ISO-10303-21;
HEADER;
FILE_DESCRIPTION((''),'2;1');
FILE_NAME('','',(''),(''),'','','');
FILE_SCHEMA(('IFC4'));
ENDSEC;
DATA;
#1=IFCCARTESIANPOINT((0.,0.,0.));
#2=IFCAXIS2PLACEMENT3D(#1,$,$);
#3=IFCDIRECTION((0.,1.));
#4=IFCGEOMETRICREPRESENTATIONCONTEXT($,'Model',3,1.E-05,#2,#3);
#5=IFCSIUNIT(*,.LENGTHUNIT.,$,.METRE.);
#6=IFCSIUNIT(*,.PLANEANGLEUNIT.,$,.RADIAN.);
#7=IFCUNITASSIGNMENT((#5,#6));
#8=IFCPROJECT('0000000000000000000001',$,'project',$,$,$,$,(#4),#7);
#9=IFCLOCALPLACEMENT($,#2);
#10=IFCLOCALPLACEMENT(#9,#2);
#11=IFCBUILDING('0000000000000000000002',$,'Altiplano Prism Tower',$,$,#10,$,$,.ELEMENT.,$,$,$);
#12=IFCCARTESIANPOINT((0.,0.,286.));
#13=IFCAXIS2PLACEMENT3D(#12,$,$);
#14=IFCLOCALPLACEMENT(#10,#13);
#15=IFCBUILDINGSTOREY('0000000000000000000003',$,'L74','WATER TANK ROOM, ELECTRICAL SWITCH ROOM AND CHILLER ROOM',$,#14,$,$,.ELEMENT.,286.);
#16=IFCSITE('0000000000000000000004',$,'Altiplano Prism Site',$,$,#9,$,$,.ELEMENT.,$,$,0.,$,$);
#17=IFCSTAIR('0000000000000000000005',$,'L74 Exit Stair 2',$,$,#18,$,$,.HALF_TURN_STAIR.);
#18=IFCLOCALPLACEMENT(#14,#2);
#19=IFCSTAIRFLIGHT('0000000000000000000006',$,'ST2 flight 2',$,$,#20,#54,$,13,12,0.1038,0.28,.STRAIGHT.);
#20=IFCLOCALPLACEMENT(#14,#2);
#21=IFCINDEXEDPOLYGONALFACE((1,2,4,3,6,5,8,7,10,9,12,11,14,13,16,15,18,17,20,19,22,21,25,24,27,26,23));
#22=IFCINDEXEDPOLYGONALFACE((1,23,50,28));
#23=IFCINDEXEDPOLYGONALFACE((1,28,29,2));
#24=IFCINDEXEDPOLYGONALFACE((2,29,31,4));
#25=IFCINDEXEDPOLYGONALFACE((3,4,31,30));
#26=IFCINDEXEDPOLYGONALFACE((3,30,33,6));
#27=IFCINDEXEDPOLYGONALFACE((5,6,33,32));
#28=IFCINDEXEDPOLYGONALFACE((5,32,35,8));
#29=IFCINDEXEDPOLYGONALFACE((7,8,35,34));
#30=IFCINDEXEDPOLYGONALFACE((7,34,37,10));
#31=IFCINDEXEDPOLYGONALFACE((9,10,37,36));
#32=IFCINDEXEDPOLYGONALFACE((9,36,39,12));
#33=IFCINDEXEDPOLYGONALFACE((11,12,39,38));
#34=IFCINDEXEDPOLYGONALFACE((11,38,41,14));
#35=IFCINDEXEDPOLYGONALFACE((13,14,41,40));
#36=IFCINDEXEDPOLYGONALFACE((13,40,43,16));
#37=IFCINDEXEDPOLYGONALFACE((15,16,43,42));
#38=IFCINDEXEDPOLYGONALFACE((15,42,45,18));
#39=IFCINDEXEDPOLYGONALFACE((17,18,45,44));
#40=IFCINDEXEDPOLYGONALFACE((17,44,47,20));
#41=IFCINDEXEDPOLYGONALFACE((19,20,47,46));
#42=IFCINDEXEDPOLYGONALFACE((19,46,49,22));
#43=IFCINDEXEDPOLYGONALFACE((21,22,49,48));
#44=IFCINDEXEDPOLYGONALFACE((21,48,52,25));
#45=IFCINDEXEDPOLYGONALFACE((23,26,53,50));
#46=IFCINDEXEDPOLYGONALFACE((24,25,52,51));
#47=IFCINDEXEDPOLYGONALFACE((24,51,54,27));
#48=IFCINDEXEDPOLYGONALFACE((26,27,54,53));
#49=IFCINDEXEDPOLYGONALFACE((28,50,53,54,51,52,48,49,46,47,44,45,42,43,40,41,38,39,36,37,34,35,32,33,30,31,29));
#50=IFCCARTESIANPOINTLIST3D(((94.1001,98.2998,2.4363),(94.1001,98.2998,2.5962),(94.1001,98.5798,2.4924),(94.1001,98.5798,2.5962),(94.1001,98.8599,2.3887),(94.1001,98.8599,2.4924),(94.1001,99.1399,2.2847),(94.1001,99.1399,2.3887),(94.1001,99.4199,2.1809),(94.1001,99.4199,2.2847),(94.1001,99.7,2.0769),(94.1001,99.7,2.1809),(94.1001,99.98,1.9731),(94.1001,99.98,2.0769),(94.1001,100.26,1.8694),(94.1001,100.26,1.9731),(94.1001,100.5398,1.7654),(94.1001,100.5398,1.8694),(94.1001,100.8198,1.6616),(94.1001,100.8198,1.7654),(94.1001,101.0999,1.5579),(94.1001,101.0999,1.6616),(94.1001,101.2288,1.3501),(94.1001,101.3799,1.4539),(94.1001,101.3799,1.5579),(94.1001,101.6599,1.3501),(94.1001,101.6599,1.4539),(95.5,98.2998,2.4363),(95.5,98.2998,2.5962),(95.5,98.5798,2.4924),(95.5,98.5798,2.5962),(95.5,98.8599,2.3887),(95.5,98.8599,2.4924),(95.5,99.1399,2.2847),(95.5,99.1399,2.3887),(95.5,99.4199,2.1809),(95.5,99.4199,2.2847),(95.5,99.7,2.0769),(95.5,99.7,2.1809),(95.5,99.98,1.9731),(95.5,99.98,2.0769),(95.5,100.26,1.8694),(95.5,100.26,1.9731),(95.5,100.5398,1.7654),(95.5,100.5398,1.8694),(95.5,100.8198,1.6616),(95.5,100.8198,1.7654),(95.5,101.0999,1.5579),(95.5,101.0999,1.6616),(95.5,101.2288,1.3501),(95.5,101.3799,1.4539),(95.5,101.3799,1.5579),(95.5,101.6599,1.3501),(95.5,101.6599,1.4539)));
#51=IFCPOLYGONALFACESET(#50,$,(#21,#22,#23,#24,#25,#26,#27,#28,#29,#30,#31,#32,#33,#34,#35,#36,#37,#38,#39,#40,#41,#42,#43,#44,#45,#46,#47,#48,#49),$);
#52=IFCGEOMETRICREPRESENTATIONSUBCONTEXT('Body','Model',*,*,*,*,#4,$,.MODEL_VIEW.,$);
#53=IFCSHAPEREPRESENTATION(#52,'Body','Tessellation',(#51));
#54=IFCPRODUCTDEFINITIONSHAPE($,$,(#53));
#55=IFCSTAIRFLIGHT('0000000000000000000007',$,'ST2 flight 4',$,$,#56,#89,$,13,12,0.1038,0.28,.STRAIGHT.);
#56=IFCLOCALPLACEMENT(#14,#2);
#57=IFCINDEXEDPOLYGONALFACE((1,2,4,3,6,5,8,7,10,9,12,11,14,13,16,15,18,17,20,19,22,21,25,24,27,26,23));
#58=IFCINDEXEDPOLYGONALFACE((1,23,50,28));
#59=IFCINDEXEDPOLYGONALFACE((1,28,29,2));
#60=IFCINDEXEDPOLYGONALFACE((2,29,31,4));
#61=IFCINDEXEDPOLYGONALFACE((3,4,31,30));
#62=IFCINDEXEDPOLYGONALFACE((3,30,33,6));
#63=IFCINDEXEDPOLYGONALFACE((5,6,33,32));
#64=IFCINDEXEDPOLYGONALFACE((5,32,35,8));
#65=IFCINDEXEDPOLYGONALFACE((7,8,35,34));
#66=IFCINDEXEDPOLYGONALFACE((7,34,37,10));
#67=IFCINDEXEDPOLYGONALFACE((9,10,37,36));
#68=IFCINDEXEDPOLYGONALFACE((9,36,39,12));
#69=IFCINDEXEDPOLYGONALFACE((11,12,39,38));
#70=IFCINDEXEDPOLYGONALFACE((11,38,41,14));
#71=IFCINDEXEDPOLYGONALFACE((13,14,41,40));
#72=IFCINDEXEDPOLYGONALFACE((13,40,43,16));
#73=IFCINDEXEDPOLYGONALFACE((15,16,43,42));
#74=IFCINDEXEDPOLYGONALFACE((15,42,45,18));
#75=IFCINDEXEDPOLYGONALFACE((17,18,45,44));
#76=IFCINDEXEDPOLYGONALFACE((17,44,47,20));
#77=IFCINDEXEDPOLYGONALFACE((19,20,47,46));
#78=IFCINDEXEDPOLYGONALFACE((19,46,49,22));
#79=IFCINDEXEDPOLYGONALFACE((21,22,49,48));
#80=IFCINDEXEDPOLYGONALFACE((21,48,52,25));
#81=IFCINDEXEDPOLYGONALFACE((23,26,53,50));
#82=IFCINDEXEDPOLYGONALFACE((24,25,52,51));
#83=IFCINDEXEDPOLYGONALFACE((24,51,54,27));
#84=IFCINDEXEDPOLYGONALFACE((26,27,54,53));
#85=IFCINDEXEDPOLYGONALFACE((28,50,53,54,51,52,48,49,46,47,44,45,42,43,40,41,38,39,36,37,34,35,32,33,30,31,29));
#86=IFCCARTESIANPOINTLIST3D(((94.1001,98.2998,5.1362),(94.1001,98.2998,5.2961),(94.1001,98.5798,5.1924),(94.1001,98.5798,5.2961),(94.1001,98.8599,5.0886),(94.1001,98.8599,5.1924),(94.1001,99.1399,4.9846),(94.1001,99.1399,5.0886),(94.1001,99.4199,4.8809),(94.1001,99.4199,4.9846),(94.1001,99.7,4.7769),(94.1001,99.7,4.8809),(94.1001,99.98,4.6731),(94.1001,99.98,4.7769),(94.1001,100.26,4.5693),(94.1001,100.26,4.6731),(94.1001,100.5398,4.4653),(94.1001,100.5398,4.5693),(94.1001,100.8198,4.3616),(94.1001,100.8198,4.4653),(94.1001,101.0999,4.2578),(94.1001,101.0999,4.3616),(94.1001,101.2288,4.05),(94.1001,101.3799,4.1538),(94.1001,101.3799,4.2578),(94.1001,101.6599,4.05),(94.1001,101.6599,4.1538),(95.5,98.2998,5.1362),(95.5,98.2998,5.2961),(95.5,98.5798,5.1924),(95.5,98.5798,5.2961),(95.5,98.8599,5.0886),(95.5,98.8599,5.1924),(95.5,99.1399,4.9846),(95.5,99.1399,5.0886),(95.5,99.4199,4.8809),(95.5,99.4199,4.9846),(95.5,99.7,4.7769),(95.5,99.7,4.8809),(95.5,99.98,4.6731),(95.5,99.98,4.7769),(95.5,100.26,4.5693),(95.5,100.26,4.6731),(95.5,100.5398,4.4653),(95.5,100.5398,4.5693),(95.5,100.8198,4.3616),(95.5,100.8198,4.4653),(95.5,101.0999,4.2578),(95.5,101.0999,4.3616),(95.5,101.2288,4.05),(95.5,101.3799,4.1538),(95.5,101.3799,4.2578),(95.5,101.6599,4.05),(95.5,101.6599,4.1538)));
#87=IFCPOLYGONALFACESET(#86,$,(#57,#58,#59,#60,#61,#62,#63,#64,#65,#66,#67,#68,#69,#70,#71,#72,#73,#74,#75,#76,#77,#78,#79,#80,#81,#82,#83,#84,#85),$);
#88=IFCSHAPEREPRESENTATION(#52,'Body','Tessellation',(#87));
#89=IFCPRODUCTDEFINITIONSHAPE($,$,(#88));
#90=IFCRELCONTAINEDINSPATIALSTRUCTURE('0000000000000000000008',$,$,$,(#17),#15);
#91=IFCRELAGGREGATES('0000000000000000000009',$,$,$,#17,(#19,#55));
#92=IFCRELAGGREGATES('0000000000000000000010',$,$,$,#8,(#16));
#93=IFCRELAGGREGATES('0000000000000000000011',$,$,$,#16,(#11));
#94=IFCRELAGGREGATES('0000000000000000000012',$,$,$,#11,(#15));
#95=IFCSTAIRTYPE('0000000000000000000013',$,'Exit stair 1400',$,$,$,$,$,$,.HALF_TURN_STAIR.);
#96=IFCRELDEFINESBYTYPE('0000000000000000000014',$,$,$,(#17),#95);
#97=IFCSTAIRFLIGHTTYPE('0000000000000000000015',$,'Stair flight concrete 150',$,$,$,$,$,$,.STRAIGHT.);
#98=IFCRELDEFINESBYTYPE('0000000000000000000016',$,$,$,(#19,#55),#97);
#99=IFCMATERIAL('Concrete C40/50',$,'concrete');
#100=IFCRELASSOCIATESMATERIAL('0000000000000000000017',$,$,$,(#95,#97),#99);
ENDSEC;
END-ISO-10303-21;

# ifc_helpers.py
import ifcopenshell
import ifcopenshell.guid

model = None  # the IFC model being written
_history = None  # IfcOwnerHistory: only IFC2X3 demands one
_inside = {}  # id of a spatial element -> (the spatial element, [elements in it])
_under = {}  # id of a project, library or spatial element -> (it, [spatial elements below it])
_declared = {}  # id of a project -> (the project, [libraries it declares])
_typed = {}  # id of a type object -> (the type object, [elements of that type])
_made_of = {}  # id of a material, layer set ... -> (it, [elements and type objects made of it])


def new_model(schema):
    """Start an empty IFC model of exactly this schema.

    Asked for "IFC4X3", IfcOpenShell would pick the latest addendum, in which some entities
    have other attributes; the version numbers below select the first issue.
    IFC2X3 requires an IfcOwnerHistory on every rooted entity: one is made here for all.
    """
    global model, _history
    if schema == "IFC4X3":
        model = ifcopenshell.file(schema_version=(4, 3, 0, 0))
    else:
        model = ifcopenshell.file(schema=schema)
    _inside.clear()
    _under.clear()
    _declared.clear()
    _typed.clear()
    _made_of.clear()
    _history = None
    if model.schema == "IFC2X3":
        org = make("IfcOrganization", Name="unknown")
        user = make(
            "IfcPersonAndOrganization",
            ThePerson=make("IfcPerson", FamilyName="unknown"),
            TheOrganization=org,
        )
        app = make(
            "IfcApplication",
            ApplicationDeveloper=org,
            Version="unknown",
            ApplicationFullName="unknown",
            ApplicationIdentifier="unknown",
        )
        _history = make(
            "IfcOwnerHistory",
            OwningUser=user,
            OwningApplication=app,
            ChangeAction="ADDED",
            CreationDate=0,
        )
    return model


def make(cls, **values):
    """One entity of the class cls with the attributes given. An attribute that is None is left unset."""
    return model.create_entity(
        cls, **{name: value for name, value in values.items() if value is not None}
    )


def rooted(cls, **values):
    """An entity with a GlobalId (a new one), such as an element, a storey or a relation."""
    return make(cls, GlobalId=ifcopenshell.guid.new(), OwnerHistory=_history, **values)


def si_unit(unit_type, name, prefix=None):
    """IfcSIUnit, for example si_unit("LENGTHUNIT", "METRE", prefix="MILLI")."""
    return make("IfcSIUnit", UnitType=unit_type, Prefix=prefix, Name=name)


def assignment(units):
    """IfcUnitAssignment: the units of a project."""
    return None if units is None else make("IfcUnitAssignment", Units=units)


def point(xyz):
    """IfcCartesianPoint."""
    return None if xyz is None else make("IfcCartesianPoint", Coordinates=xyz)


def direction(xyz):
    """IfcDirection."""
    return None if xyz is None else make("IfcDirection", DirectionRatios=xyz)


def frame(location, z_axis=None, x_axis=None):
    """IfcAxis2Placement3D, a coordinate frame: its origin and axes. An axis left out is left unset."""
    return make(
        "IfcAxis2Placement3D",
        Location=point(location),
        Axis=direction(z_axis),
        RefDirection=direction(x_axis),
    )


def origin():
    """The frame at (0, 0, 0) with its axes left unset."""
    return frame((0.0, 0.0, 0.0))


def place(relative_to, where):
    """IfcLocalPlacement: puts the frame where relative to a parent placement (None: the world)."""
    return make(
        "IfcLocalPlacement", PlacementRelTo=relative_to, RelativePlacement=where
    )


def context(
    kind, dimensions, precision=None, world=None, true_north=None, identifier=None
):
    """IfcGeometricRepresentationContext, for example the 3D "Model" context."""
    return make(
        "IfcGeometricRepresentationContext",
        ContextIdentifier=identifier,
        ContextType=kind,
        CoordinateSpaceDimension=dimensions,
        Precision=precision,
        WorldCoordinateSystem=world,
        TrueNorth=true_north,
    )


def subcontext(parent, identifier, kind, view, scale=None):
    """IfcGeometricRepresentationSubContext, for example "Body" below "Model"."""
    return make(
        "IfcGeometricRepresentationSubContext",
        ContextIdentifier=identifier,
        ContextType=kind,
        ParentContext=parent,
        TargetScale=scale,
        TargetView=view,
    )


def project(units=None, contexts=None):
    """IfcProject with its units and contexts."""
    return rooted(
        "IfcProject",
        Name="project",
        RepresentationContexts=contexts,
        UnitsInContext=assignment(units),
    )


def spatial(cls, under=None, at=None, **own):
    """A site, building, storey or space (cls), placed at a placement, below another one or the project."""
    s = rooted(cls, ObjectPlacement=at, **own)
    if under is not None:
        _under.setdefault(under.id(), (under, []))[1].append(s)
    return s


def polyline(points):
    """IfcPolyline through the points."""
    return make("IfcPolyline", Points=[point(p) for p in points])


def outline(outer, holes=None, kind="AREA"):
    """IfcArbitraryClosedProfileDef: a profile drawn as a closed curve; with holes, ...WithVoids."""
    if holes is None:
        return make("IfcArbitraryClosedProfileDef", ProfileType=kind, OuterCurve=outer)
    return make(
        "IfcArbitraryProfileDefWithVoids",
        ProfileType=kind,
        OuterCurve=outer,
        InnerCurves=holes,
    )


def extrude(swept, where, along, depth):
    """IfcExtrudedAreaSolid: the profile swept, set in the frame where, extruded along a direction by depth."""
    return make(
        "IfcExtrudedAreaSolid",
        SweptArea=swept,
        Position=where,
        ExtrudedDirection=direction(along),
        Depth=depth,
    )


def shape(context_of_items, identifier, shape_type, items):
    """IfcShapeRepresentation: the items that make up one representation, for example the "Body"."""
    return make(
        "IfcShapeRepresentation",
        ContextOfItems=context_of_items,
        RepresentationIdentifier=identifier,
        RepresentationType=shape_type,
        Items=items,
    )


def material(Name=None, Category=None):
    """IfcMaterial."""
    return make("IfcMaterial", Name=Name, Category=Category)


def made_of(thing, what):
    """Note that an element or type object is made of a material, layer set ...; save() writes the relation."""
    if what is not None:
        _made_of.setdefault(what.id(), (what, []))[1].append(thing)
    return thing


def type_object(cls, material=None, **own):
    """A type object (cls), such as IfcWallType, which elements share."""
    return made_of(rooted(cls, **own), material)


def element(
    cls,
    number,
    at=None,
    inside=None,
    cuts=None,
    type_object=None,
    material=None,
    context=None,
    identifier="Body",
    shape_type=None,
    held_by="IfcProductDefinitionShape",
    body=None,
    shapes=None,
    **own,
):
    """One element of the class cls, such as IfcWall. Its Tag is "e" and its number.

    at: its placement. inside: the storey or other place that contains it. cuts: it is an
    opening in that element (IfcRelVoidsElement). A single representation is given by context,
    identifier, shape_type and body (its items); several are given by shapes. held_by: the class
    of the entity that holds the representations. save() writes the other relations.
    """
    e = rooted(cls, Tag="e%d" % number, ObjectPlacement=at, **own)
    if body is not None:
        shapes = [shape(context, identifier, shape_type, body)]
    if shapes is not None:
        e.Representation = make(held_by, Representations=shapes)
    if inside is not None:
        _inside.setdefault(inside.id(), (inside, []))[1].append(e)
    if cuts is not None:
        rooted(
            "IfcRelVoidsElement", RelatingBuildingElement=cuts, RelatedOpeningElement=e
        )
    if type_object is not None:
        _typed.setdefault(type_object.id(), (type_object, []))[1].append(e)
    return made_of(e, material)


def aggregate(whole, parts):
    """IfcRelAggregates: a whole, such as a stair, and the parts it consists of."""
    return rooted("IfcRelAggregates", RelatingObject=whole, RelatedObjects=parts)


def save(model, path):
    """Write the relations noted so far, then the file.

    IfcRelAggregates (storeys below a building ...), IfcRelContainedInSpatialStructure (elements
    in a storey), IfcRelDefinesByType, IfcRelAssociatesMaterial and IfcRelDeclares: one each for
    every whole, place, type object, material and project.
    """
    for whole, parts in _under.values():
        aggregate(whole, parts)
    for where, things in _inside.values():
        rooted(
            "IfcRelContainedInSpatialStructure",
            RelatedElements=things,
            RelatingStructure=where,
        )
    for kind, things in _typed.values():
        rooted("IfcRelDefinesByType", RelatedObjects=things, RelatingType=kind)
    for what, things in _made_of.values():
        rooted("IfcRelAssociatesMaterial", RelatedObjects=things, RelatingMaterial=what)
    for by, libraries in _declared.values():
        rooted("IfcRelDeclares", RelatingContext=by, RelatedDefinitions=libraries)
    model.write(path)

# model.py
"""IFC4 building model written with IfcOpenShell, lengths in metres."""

from ifc_helpers import new_model, si_unit, direction, frame, origin, place, context, subcontext, project, spatial, polyline, outline, extrude, material, type_object, element, aggregate, save


model = new_model("IFC4")

# Units and contexts
model_context = context("Model", 3, precision=1e-05, world=origin(), true_north=direction((0.0, 1.0)))
body_context = subcontext(model_context, "Body", "Model", "MODEL_VIEW")
ifc_project = project(units=[si_unit("LENGTHUNIT", "METRE"), si_unit("PLANEANGLEUNIT", "RADIAN")], contexts=[model_context])

# Site, building, storey
site_placement = place(None, origin())
site = spatial("IfcSite", under=ifc_project, at=site_placement, Name="Altiplano Prism Site", CompositionType="ELEMENT", RefElevation=0.0)
building_placement = place(site_placement, origin())
building = spatial("IfcBuilding", under=site, at=building_placement, Name="Altiplano Prism Tower", CompositionType="ELEMENT")
storey_placement = place(building_placement, frame((0.0, 0.0, 286.0)))
storey = spatial("IfcBuildingStorey", under=building, at=storey_placement, Name="L74", Description="WATER TANK ROOM, ELECTRICAL SWITCH ROOM AND CHILLER ROOM", CompositionType="ELEMENT", Elevation=286.0)

# Stair, stair flights
ifc_material_1 = material(Name="Concrete C40/50", Category="concrete")
stair_type = type_object("IfcStairType", Name="Exit stair 1400", PredefinedType="HALF_TURN_STAIR", material=ifc_material_1)
stair_placement = place(storey_placement, origin())
stair = element("IfcStair", 1, at=stair_placement, inside=storey, type_object=stair_type, Name="L74 Exit Stair 2", PredefinedType="HALF_TURN_STAIR")
stair_flight_type = type_object("IfcStairFlightType", Name="Stair flight concrete 150", PredefinedType="STRAIGHT", material=ifc_material_1)
stair_flight_1_placement = place(storey_placement, frame((94.8, 101.6599, 1.3501), z_axis=(0.0, 0.0, 1.0), x_axis=(0.0, -1.0, 0.0)))
stair_flight_1 = element("IfcStairFlight", 2, at=stair_flight_1_placement, type_object=stair_flight_type, Name="ST2 flight 2", NumberOfRisers=13, NumberOfTreads=12, PredefinedType="STRAIGHT", RiserHeight=0.1038, TreadLength=0.28, context=body_context, shape_type="SweptSolid", body=[
    extrude(outline(polyline([(0.0, 0.0), (0.0, 0.1038), (0.28, 0.1038), (0.28, 0.2078), (0.5601, 0.2078), (0.5601, 0.3115), (0.8401, 0.3115), (0.8401, 0.4153), (1.1201, 0.4153), (1.1201, 0.5193), (1.3999, 0.5193), (1.3999, 0.623), (1.6799, 0.623), (1.6799, 0.7268), (1.96, 0.7268), (1.96, 0.8308), (2.24, 0.8308), (2.24, 0.9346), (2.52, 0.9346), (2.52, 1.0386), (2.8, 1.0386), (2.8, 1.1423), (3.0801, 1.1423), (3.0801, 1.2461), (3.3601, 1.2461), (3.3601, 1.3501), (3.3601, 1.0862), (0.4312, 0.0), (0.0, 0.0)])), frame((0.0, 0.7, 0.0), z_axis=(0.0, -1.0, 0.0), x_axis=(1.0, 0.0, 0.0)), (0.0, 0.0, 1.0), 1.3999),
])
stair_flight_2_placement = place(storey_placement, frame((94.8, 101.6599, 4.05), z_axis=(0.0, 0.0, 1.0), x_axis=(0.0, -1.0, 0.0)))
stair_flight_2 = element("IfcStairFlight", 3, at=stair_flight_2_placement, type_object=stair_flight_type, Name="ST2 flight 4", NumberOfRisers=13, NumberOfTreads=12, PredefinedType="STRAIGHT", RiserHeight=0.1038, TreadLength=0.28, context=body_context, shape_type="SweptSolid", body=[
    extrude(outline(polyline([(0.0, 0.0), (0.0, 0.1038), (0.28, 0.1038), (0.28, 0.2078), (0.5601, 0.2078), (0.5601, 0.3115), (0.8401, 0.3115), (0.8401, 0.4153), (1.1201, 0.4153), (1.1201, 0.5193), (1.3999, 0.5193), (1.3999, 0.623), (1.6799, 0.623), (1.6799, 0.7268), (1.96, 0.7268), (1.96, 0.8308), (2.24, 0.8308), (2.24, 0.9346), (2.52, 0.9346), (2.52, 1.0386), (2.8, 1.0386), (2.8, 1.1423), (3.0801, 1.1423), (3.0801, 1.2461), (3.3601, 1.2461), (3.3601, 1.3501), (3.3601, 1.0862), (0.4312, 0.0), (0.0, 0.0)])), frame((0.0, 0.7, 0.0), z_axis=(0.0, -1.0, 0.0), x_axis=(1.0, 0.0, 0.0)), (0.0, 0.0, 1.0), 1.3999),
])
aggregate(stair, [stair_flight_1, stair_flight_2])

save(model, "model.ifc")
